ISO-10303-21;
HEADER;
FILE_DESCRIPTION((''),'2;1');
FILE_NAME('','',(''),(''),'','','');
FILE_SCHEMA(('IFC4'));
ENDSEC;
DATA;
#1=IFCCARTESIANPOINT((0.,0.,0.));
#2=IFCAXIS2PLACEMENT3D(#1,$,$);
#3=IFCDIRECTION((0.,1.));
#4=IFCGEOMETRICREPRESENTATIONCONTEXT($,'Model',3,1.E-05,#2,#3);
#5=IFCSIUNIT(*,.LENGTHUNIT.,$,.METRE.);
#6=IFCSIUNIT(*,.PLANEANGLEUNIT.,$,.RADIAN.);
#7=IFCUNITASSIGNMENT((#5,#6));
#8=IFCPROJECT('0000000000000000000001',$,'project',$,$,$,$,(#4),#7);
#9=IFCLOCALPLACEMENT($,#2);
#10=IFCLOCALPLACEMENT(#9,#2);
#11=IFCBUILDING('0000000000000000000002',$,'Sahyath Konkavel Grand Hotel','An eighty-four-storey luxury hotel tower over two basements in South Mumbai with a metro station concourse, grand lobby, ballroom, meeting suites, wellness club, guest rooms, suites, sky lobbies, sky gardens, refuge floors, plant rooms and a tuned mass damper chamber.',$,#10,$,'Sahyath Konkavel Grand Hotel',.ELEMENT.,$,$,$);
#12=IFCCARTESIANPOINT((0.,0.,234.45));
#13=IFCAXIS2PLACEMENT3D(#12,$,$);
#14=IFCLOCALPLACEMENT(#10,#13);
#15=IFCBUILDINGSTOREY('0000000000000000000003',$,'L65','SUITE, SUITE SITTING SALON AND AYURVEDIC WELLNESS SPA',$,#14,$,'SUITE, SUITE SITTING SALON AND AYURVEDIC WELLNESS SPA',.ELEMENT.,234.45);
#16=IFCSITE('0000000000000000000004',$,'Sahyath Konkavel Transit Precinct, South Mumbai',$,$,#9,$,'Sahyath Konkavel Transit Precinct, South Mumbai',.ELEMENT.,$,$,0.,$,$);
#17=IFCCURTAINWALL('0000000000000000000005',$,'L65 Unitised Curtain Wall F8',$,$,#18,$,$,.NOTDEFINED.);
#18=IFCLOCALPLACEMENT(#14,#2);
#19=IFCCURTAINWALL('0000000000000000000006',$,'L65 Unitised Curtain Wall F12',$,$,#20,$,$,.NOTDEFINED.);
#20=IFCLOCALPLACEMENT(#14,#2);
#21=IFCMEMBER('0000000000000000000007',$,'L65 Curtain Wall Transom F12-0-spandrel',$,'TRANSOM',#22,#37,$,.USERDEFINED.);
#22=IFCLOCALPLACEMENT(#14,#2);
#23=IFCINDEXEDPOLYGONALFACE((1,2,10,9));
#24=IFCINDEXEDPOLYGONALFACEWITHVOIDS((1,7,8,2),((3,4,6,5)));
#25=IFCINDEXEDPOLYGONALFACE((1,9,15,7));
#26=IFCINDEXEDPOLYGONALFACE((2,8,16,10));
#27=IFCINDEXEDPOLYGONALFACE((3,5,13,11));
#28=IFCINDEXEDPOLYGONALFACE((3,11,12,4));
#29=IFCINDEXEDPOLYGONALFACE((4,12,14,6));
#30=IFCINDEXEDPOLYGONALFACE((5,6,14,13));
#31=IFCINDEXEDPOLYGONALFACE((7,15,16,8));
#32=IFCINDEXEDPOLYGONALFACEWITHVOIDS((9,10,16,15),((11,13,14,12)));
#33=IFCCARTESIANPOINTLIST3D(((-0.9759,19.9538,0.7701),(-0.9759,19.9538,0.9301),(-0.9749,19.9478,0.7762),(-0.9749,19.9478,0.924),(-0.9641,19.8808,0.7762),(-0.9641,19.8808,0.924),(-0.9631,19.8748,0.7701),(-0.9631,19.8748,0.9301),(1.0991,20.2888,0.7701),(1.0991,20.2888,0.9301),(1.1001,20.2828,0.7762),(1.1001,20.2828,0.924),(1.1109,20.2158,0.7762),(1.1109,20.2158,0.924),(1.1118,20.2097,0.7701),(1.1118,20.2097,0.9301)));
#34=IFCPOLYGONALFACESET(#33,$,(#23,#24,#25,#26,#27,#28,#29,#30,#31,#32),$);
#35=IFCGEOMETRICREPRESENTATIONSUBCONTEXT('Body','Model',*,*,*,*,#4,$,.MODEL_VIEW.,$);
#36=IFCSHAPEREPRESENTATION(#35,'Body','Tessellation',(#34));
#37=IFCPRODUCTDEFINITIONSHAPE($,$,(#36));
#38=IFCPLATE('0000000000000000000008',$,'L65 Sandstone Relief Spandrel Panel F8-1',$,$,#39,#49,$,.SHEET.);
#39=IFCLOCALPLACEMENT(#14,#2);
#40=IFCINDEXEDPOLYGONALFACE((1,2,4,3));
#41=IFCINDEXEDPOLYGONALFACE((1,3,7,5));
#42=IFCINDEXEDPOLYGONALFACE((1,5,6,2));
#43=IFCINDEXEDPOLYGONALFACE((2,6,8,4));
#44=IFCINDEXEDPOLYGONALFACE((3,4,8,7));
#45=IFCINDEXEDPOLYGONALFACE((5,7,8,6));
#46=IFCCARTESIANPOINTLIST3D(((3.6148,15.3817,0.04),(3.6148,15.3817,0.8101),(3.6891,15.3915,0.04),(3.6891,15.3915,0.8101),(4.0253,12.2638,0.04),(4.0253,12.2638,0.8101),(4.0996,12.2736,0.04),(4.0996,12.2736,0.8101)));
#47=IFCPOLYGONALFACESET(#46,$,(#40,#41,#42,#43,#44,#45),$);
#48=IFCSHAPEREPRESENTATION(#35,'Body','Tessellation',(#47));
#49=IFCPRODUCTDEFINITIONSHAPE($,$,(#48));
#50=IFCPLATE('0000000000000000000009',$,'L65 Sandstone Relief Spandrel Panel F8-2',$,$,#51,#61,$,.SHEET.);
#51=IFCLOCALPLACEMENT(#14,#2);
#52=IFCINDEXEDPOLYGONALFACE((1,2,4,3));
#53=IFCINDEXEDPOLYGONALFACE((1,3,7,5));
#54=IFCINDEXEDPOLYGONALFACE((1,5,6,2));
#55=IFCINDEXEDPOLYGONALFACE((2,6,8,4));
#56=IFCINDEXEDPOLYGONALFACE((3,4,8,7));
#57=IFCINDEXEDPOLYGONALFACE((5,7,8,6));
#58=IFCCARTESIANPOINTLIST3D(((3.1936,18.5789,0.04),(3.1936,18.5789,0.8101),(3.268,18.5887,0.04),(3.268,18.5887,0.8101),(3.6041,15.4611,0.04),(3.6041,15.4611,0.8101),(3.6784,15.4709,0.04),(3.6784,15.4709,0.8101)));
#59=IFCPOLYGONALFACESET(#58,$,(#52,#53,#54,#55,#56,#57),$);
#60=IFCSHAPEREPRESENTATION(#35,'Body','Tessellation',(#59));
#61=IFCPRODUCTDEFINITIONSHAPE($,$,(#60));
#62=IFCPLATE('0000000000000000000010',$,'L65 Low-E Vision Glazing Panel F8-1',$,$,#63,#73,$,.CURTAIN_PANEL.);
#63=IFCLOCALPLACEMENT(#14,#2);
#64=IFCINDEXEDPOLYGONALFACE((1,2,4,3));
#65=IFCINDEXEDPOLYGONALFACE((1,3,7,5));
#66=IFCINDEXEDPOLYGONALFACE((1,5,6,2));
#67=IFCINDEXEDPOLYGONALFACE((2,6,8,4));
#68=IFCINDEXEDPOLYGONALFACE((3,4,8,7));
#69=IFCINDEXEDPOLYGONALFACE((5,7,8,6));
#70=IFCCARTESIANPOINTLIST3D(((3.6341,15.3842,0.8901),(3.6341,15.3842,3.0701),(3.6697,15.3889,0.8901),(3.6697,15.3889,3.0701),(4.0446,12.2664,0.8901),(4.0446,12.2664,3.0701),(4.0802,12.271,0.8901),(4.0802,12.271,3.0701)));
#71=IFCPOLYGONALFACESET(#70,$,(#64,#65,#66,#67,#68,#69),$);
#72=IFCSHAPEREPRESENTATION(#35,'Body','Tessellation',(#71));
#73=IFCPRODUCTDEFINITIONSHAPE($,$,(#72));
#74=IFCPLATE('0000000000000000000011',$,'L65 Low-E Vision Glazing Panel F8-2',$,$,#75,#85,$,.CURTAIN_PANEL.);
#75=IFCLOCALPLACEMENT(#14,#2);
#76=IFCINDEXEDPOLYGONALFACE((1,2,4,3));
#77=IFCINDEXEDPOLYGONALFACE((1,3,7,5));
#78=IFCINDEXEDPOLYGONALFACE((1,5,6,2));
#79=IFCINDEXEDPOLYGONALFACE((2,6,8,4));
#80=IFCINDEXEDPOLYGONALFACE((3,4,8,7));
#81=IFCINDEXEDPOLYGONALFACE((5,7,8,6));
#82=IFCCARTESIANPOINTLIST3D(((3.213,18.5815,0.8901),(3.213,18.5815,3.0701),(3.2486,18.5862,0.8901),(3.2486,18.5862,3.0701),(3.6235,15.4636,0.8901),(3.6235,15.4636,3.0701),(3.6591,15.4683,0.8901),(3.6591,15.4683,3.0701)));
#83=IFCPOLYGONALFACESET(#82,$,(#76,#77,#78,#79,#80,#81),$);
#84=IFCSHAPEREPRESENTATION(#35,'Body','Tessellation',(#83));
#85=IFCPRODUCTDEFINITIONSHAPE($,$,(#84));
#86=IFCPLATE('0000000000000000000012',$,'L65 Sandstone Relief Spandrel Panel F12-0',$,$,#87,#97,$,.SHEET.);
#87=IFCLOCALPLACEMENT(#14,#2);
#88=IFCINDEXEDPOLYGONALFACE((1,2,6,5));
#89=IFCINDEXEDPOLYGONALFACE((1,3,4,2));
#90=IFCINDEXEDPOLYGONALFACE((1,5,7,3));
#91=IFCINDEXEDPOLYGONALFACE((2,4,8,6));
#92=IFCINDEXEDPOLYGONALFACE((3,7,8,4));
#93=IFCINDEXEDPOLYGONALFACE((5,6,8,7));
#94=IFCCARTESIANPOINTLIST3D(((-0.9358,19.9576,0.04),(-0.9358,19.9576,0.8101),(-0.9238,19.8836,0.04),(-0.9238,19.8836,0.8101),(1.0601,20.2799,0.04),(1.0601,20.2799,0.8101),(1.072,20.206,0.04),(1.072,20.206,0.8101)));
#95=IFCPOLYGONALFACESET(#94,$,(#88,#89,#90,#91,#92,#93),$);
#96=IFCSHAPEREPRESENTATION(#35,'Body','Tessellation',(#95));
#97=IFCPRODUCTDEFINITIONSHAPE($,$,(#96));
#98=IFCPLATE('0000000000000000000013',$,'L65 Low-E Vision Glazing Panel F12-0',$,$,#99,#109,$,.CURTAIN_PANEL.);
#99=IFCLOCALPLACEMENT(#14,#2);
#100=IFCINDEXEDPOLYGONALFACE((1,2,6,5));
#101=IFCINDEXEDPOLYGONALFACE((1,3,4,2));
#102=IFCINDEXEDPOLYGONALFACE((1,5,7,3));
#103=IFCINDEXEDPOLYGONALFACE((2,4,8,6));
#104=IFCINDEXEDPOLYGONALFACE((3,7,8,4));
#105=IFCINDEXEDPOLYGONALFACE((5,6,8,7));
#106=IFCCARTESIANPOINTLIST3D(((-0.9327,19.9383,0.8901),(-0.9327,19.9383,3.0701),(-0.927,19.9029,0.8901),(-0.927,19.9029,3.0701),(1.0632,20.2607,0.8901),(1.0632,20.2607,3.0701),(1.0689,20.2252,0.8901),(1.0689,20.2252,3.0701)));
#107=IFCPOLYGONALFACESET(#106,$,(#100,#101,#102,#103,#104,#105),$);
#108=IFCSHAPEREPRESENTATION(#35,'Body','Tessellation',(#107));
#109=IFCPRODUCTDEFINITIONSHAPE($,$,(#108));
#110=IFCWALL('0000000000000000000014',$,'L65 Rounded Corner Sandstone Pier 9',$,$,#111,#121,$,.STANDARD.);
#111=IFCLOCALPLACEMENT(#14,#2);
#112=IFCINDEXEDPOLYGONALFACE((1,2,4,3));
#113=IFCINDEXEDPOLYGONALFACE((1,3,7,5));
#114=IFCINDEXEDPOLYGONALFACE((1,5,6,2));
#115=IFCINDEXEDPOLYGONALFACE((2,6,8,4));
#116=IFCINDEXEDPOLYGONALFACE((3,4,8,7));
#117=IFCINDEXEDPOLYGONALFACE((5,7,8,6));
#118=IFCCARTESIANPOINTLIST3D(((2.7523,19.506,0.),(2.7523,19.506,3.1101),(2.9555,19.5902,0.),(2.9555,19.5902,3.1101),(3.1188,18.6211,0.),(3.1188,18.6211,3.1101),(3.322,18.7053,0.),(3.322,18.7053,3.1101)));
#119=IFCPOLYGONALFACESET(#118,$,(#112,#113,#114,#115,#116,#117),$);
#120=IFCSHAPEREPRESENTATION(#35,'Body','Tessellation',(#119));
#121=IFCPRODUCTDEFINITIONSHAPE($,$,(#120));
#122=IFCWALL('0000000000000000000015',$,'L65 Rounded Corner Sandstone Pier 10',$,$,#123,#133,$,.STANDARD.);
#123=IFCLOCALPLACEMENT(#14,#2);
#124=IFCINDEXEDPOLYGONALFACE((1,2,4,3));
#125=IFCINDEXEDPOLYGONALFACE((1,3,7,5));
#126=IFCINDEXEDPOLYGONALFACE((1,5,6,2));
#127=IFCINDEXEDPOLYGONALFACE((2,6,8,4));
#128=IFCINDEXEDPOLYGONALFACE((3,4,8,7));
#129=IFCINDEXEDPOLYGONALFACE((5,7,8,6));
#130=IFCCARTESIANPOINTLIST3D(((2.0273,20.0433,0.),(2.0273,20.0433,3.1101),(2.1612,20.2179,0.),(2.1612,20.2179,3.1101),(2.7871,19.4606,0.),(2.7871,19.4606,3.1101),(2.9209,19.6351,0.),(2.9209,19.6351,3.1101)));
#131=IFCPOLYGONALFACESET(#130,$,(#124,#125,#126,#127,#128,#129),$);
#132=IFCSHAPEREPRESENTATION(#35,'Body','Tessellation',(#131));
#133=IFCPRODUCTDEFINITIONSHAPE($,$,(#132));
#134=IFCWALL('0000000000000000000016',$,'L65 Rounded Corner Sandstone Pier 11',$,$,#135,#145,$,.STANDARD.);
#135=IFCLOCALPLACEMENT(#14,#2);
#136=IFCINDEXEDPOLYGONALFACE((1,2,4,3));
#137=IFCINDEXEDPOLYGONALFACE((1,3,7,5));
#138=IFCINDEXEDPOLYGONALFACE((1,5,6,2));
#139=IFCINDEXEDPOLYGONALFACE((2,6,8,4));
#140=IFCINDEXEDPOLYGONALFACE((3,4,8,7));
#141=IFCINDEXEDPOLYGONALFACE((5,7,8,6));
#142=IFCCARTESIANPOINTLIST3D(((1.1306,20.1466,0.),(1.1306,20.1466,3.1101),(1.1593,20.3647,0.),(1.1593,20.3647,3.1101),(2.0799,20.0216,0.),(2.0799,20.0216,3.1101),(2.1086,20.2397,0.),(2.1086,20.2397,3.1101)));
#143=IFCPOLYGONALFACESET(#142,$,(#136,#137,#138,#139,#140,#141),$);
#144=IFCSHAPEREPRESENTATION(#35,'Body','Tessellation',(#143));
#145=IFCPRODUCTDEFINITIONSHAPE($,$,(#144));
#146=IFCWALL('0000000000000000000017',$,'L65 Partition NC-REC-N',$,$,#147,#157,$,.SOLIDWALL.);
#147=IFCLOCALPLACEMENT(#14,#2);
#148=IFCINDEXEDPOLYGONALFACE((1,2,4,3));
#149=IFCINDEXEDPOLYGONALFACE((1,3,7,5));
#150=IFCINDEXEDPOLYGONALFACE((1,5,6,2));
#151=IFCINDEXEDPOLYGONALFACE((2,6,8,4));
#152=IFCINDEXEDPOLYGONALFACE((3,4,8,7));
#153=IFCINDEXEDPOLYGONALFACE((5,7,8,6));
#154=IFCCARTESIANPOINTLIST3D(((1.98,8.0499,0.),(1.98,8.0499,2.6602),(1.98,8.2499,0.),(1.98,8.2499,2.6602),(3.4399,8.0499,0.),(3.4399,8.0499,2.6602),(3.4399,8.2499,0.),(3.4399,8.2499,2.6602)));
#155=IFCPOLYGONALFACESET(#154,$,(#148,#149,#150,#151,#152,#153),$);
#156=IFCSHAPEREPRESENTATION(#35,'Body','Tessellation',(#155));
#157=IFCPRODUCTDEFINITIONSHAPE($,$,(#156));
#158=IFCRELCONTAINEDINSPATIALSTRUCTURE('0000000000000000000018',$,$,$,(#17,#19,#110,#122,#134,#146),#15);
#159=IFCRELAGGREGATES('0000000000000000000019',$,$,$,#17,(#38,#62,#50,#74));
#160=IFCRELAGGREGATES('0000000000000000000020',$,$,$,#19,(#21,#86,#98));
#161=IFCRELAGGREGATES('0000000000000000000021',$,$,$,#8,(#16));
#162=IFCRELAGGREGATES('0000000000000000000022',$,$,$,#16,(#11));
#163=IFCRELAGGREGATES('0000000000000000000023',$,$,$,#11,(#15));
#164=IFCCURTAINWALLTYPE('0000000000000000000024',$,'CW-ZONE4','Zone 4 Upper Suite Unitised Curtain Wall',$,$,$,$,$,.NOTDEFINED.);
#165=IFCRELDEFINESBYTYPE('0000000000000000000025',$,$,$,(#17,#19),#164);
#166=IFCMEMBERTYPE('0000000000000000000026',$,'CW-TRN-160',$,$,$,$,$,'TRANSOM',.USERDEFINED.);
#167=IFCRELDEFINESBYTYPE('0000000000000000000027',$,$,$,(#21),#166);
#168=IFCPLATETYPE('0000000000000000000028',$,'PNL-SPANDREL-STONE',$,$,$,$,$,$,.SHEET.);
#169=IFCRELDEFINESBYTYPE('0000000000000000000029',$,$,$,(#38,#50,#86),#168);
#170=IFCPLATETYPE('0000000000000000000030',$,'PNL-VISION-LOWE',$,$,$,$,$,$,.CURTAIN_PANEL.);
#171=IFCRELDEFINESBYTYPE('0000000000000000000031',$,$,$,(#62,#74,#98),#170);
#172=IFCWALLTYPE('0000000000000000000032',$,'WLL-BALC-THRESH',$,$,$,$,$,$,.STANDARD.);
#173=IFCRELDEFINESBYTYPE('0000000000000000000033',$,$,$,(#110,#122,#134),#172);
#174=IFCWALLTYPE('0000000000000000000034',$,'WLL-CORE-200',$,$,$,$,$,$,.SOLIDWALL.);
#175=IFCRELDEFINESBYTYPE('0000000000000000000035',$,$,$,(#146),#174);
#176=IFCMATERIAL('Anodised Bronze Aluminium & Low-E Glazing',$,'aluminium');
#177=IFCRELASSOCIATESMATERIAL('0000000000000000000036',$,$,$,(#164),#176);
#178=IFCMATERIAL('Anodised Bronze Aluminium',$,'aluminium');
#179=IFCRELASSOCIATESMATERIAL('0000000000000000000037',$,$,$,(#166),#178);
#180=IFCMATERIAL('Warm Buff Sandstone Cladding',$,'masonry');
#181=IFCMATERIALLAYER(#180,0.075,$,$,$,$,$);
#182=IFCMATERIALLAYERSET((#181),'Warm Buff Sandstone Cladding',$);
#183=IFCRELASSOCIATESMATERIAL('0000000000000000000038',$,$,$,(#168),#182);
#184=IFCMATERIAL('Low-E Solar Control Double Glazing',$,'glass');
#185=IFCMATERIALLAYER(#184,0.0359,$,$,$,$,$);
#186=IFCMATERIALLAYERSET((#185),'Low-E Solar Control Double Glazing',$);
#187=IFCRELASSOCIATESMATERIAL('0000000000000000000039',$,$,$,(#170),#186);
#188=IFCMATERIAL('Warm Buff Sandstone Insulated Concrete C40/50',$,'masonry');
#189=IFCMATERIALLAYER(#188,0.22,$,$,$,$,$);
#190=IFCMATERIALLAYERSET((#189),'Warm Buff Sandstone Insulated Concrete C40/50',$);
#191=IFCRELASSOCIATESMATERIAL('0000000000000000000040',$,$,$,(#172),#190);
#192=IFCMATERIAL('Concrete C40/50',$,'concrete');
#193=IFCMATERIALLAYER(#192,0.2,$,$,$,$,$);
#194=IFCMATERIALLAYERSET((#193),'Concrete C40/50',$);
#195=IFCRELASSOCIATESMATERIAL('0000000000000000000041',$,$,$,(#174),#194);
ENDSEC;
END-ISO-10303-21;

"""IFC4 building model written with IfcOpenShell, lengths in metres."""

from ifc_helpers import new_model, si_unit, direction, frame, frame_2d, origin, origin_2d, place, context, subcontext, project, spatial, rectangle, hollow_rectangle, extrude, source, transform, mapped, material, layer, layer_set, material_profile, profile_set, type_object, element, aggregate, save


model = new_model("IFC4")

# Units and contexts
model_context = context("Model", 3, precision=1e-05, world=origin(), true_north=direction((0.0, 1.0)))
body_context = subcontext(model_context, "Body", "Model", "MODEL_VIEW")
ifc_project = project(units=[si_unit("LENGTHUNIT", "METRE"), si_unit("PLANEANGLEUNIT", "RADIAN")], contexts=[model_context])

# Site, building, storey
site_placement = place(None, origin())
site = spatial("IfcSite", under=ifc_project, at=site_placement, Name="Sahyath Konkavel Transit Precinct, South Mumbai", LongName="Sahyath Konkavel Transit Precinct, South Mumbai", CompositionType="ELEMENT", RefElevation=0.0)
building_placement = place(site_placement, origin())
building = spatial("IfcBuilding", under=site, at=building_placement, Name="Sahyath Konkavel Grand Hotel", Description="An eighty-four-storey luxury hotel tower over two basements in South Mumbai with a metro station concourse, grand lobby, ballroom, meeting suites, wellness club, guest rooms, suites, sky lobbies, sky gardens, refuge floors, plant rooms and a tuned mass damper chamber.", LongName="Sahyath Konkavel Grand Hotel", CompositionType="ELEMENT")
storey_placement = place(building_placement, frame((0.0, 0.0, 234.45)))
storey = spatial("IfcBuildingStorey", under=building, at=storey_placement, Name="L65", Description="SUITE, SUITE SITTING SALON AND AYURVEDIC WELLNESS SPA", LongName="SUITE, SUITE SITTING SALON AND AYURVEDIC WELLNESS SPA", CompositionType="ELEMENT", Elevation=234.45)

# Shared definitions
ifc_material_1 = material(Name="Concrete C40/50", Category="concrete")

# Curtain wall
ifc_material_2 = material(Name="Anodised Bronze Aluminium & Low-E Glazing", Category="aluminium")
curtain_wall_type = type_object("IfcCurtainWallType", Name="CW-ZONE4", Description="Zone 4 Upper Suite Unitised Curtain Wall", PredefinedType="NOTDEFINED", material=ifc_material_2)
curtain_wall_1_placement = place(storey_placement, origin())
curtain_wall_1 = element("IfcCurtainWall", 1, at=curtain_wall_1_placement, inside=storey, type_object=curtain_wall_type, Name="L65 Unitised Curtain Wall F8", PredefinedType="NOTDEFINED")
ifc_material_3 = material(Name="Anodised Bronze Aluminium", Category="aluminium")

# Curtain wall
curtain_wall_2_placement = place(storey_placement, origin())
curtain_wall_2 = element("IfcCurtainWall", 2, at=curtain_wall_2_placement, inside=storey, type_object=curtain_wall_type, Name="L65 Unitised Curtain Wall F12", PredefinedType="NOTDEFINED")

# Member
ifc_material_profile_1 = material_profile(ifc_material_3, hollow_rectangle(XDim=0.0801, YDim=0.1599, WallThickness=0.0061, at=origin_2d()), Name="RHS 160x80x6")
ifc_profile_set_1 = profile_set([ifc_material_profile_1], Name="Anodised Bronze Aluminium")
member_type_1 = type_object("IfcMemberType", Name="CW-TRN-160", ElementType="TRANSOM", PredefinedType="USERDEFINED", material=ifc_profile_set_1)
shared_shape_1 = source(origin(), body_context, "Body", "SweptSolid", [
    extrude(hollow_rectangle(XDim=0.0801, YDim=0.1599, WallThickness=0.0061, at=origin_2d()), origin(), (0.0, 0.0, 1.0), 2.1018),
])
member_1_placement = place(storey_placement, frame((1.1055, 20.2493, 0.8501), z_axis=(-0.987219, -0.159368, 0.0), x_axis=(0.159368, -0.987219, 0.0)))
member_1 = element("IfcMember", 3, at=member_1_placement, type_object=member_type_1, Name="L65 Curtain Wall Transom F12-0-spandrel", ObjectType="TRANSOM", PredefinedType="USERDEFINED", context=body_context, shape_type="MappedRepresentation", body=[
    mapped(shared_shape_1, transform((0.0, 0.0, 0.0), scale=1.0)),
])

# Plates
ifc_material_4 = material(Name="Warm Buff Sandstone Cladding", Category="masonry")
ifc_layer_1 = layer(ifc_material_4, 0.075)
ifc_layer_set_1 = layer_set([ifc_layer_1], Name="Warm Buff Sandstone Cladding")
plate_type_1 = type_object("IfcPlateType", Name="PNL-SPANDREL-STONE", PredefinedType="SHEET", material=ifc_layer_set_1)
shared_shape_2 = source(origin(), body_context, "Body", "SweptSolid", [
    extrude(rectangle(XDim=3.1448, YDim=0.075, at=origin_2d()), origin(), (0.0, 0.0, 1.0), 0.77),
])
plate_1_placement = place(storey_placement, frame((3.8572, 13.8276, 0.04), z_axis=(0.0, 0.0, 1.0), x_axis=(-0.130526, 0.991445, 0.0)))
plate_1 = element("IfcPlate", 4, at=plate_1_placement, type_object=plate_type_1, Name="L65 Sandstone Relief Spandrel Panel F8-1", PredefinedType="SHEET", context=body_context, shape_type="MappedRepresentation", body=[
    mapped(shared_shape_2, transform((0.0, 0.0, 0.0), scale=1.0)),
])
plate_2_placement = place(storey_placement, frame((3.436, 17.0249, 0.04), z_axis=(0.0, 0.0, 1.0), x_axis=(-0.130526, 0.991445, 0.0)))
plate_2 = element("IfcPlate", 5, at=plate_2_placement, type_object=plate_type_1, Name="L65 Sandstone Relief Spandrel Panel F8-2", PredefinedType="SHEET", context=body_context, shape_type="MappedRepresentation", body=[
    mapped(shared_shape_2, transform((0.0, 0.0, 0.0), scale=1.0)),
])
ifc_material_5 = material(Name="Low-E Solar Control Double Glazing", Category="glass")
ifc_layer_2 = layer(ifc_material_5, 0.0359)
ifc_layer_set_2 = layer_set([ifc_layer_2], Name="Low-E Solar Control Double Glazing")
plate_type_2 = type_object("IfcPlateType", Name="PNL-VISION-LOWE", PredefinedType="CURTAIN_PANEL", material=ifc_layer_set_2)
shared_shape_3 = source(origin(), body_context, "Body", "SweptSolid", [
    extrude(rectangle(XDim=3.1448, YDim=0.0359, at=origin_2d()), origin(), (0.0, 0.0, 1.0), 2.1799),
])
plate_3_placement = place(storey_placement, frame((3.8572, 13.8276, 0.8901), z_axis=(0.0, 0.0, 1.0), x_axis=(-0.130526, 0.991445, 0.0)))
plate_3 = element("IfcPlate", 6, at=plate_3_placement, type_object=plate_type_2, Name="L65 Low-E Vision Glazing Panel F8-1", PredefinedType="CURTAIN_PANEL", context=body_context, shape_type="MappedRepresentation", body=[
    mapped(shared_shape_3, transform((0.0, 0.0, 0.0), scale=1.0)),
])
plate_4_placement = place(storey_placement, frame((3.436, 17.0249, 0.8901), z_axis=(0.0, 0.0, 1.0), x_axis=(-0.130526, 0.991445, 0.0)))
plate_4 = element("IfcPlate", 7, at=plate_4_placement, type_object=plate_type_2, Name="L65 Low-E Vision Glazing Panel F8-2", PredefinedType="CURTAIN_PANEL", context=body_context, shape_type="MappedRepresentation", body=[
    mapped(shared_shape_3, transform((0.0, 0.0, 0.0), scale=1.0)),
])
aggregate(curtain_wall_1, [plate_1, plate_3, plate_2, plate_4])
shared_shape_4 = source(origin(), body_context, "Body", "SweptSolid", [
    extrude(rectangle(XDim=2.0217, YDim=0.075, at=origin_2d()), origin(), (0.0, 0.0, 1.0), 0.77),
])
plate_5_placement = place(storey_placement, frame((0.0681, 20.0818, 0.04), z_axis=(0.0, 0.0, 1.0), x_axis=(-0.987209, -0.159433, 0.0)))
plate_5 = element("IfcPlate", 8, at=plate_5_placement, type_object=plate_type_1, Name="L65 Sandstone Relief Spandrel Panel F12-0", PredefinedType="SHEET", context=body_context, shape_type="MappedRepresentation", body=[
    mapped(shared_shape_4, transform((0.0, 0.0, 0.0), scale=1.0)),
])
shared_shape_5 = source(origin(), body_context, "Body", "SweptSolid", [
    extrude(rectangle(XDim=2.0217, YDim=0.0359, at=origin_2d()), origin(), (0.0, 0.0, 1.0), 2.1799),
])
plate_6_placement = place(storey_placement, frame((0.0681, 20.0818, 0.8901), z_axis=(0.0, 0.0, 1.0), x_axis=(-0.987209, -0.159433, 0.0)))
plate_6 = element("IfcPlate", 9, at=plate_6_placement, type_object=plate_type_2, Name="L65 Low-E Vision Glazing Panel F12-0", PredefinedType="CURTAIN_PANEL", context=body_context, shape_type="MappedRepresentation", body=[
    mapped(shared_shape_5, transform((0.0, 0.0, 0.0), scale=1.0)),
])
aggregate(curtain_wall_2, [member_1, plate_5, plate_6])

# Walls
ifc_material_6 = material(Name="Warm Buff Sandstone Insulated Concrete C40/50", Category="masonry")
ifc_layer_3 = layer(ifc_material_6, 0.22)
ifc_layer_set_3 = layer_set([ifc_layer_3], Name="Warm Buff Sandstone Insulated Concrete C40/50")
wall_type_1 = type_object("IfcWallType", Name="WLL-BALC-THRESH", PredefinedType="STANDARD", material=ifc_layer_set_3)
wall_1_placement = place(storey_placement, frame((3.2205, 18.6631, 0.0), z_axis=(0.0, 0.0, 1.0), x_axis=(-0.38266, 0.923889, 0.0)))
element("IfcWall", 10, at=wall_1_placement, inside=storey, type_object=wall_type_1, Name="L65 Rounded Corner Sandstone Pier 9", PredefinedType="STANDARD", context=body_context, shape_type="SweptSolid", body=[
    extrude(rectangle(XDim=0.9578, YDim=0.22, at=frame_2d((0.479, 0.0))), origin(), (0.0, 0.0, 1.0), 3.1101),
])
for number, where, z_axis, x_axis, name in (
    (11, (2.854, 19.5479, 0.0), (0.0, 0.0, 1.0), (-0.793467, 0.608614, 0.0), "L65 Rounded Corner Sandstone Pier 10"),
    (12, (2.0942, 20.1306, 0.0), (0.0, 0.0, 1.0), (-0.99144, 0.13056, 0.0), "L65 Rounded Corner Sandstone Pier 11"),
):
    element("IfcWall", number, at=place(storey_placement, frame(where, z_axis=z_axis, x_axis=x_axis)), inside=storey, type_object=wall_type_1, Name=name, PredefinedType="STANDARD", context=body_context, shape_type="SweptSolid", body=[
        extrude(rectangle(XDim=0.9575, YDim=0.22, at=frame_2d((0.4788, 0.0))), origin(), (0.0, 0.0, 1.0), 3.1101),
    ])
ifc_layer_4 = layer(ifc_material_1, 0.2)
ifc_layer_set_4 = layer_set([ifc_layer_4], Name="Concrete C40/50")
wall_type_2 = type_object("IfcWallType", Name="WLL-CORE-200", PredefinedType="SOLIDWALL", material=ifc_layer_set_4)
wall_2_placement = place(storey_placement, frame((1.98, 8.1499, 0.0), z_axis=(0.0, 0.0, 1.0), x_axis=(1.0, 0.0, 0.0)))
element("IfcWall", 13, at=wall_2_placement, inside=storey, type_object=wall_type_2, Name="L65 Partition NC-REC-N", PredefinedType="SOLIDWALL", context=body_context, shape_type="SweptSolid", body=[
    extrude(rectangle(XDim=1.46, YDim=0.2, at=frame_2d((0.73, 0.0))), origin(), (0.0, 0.0, 1.0), 2.6602),
])

save(model, "model.ifc")
